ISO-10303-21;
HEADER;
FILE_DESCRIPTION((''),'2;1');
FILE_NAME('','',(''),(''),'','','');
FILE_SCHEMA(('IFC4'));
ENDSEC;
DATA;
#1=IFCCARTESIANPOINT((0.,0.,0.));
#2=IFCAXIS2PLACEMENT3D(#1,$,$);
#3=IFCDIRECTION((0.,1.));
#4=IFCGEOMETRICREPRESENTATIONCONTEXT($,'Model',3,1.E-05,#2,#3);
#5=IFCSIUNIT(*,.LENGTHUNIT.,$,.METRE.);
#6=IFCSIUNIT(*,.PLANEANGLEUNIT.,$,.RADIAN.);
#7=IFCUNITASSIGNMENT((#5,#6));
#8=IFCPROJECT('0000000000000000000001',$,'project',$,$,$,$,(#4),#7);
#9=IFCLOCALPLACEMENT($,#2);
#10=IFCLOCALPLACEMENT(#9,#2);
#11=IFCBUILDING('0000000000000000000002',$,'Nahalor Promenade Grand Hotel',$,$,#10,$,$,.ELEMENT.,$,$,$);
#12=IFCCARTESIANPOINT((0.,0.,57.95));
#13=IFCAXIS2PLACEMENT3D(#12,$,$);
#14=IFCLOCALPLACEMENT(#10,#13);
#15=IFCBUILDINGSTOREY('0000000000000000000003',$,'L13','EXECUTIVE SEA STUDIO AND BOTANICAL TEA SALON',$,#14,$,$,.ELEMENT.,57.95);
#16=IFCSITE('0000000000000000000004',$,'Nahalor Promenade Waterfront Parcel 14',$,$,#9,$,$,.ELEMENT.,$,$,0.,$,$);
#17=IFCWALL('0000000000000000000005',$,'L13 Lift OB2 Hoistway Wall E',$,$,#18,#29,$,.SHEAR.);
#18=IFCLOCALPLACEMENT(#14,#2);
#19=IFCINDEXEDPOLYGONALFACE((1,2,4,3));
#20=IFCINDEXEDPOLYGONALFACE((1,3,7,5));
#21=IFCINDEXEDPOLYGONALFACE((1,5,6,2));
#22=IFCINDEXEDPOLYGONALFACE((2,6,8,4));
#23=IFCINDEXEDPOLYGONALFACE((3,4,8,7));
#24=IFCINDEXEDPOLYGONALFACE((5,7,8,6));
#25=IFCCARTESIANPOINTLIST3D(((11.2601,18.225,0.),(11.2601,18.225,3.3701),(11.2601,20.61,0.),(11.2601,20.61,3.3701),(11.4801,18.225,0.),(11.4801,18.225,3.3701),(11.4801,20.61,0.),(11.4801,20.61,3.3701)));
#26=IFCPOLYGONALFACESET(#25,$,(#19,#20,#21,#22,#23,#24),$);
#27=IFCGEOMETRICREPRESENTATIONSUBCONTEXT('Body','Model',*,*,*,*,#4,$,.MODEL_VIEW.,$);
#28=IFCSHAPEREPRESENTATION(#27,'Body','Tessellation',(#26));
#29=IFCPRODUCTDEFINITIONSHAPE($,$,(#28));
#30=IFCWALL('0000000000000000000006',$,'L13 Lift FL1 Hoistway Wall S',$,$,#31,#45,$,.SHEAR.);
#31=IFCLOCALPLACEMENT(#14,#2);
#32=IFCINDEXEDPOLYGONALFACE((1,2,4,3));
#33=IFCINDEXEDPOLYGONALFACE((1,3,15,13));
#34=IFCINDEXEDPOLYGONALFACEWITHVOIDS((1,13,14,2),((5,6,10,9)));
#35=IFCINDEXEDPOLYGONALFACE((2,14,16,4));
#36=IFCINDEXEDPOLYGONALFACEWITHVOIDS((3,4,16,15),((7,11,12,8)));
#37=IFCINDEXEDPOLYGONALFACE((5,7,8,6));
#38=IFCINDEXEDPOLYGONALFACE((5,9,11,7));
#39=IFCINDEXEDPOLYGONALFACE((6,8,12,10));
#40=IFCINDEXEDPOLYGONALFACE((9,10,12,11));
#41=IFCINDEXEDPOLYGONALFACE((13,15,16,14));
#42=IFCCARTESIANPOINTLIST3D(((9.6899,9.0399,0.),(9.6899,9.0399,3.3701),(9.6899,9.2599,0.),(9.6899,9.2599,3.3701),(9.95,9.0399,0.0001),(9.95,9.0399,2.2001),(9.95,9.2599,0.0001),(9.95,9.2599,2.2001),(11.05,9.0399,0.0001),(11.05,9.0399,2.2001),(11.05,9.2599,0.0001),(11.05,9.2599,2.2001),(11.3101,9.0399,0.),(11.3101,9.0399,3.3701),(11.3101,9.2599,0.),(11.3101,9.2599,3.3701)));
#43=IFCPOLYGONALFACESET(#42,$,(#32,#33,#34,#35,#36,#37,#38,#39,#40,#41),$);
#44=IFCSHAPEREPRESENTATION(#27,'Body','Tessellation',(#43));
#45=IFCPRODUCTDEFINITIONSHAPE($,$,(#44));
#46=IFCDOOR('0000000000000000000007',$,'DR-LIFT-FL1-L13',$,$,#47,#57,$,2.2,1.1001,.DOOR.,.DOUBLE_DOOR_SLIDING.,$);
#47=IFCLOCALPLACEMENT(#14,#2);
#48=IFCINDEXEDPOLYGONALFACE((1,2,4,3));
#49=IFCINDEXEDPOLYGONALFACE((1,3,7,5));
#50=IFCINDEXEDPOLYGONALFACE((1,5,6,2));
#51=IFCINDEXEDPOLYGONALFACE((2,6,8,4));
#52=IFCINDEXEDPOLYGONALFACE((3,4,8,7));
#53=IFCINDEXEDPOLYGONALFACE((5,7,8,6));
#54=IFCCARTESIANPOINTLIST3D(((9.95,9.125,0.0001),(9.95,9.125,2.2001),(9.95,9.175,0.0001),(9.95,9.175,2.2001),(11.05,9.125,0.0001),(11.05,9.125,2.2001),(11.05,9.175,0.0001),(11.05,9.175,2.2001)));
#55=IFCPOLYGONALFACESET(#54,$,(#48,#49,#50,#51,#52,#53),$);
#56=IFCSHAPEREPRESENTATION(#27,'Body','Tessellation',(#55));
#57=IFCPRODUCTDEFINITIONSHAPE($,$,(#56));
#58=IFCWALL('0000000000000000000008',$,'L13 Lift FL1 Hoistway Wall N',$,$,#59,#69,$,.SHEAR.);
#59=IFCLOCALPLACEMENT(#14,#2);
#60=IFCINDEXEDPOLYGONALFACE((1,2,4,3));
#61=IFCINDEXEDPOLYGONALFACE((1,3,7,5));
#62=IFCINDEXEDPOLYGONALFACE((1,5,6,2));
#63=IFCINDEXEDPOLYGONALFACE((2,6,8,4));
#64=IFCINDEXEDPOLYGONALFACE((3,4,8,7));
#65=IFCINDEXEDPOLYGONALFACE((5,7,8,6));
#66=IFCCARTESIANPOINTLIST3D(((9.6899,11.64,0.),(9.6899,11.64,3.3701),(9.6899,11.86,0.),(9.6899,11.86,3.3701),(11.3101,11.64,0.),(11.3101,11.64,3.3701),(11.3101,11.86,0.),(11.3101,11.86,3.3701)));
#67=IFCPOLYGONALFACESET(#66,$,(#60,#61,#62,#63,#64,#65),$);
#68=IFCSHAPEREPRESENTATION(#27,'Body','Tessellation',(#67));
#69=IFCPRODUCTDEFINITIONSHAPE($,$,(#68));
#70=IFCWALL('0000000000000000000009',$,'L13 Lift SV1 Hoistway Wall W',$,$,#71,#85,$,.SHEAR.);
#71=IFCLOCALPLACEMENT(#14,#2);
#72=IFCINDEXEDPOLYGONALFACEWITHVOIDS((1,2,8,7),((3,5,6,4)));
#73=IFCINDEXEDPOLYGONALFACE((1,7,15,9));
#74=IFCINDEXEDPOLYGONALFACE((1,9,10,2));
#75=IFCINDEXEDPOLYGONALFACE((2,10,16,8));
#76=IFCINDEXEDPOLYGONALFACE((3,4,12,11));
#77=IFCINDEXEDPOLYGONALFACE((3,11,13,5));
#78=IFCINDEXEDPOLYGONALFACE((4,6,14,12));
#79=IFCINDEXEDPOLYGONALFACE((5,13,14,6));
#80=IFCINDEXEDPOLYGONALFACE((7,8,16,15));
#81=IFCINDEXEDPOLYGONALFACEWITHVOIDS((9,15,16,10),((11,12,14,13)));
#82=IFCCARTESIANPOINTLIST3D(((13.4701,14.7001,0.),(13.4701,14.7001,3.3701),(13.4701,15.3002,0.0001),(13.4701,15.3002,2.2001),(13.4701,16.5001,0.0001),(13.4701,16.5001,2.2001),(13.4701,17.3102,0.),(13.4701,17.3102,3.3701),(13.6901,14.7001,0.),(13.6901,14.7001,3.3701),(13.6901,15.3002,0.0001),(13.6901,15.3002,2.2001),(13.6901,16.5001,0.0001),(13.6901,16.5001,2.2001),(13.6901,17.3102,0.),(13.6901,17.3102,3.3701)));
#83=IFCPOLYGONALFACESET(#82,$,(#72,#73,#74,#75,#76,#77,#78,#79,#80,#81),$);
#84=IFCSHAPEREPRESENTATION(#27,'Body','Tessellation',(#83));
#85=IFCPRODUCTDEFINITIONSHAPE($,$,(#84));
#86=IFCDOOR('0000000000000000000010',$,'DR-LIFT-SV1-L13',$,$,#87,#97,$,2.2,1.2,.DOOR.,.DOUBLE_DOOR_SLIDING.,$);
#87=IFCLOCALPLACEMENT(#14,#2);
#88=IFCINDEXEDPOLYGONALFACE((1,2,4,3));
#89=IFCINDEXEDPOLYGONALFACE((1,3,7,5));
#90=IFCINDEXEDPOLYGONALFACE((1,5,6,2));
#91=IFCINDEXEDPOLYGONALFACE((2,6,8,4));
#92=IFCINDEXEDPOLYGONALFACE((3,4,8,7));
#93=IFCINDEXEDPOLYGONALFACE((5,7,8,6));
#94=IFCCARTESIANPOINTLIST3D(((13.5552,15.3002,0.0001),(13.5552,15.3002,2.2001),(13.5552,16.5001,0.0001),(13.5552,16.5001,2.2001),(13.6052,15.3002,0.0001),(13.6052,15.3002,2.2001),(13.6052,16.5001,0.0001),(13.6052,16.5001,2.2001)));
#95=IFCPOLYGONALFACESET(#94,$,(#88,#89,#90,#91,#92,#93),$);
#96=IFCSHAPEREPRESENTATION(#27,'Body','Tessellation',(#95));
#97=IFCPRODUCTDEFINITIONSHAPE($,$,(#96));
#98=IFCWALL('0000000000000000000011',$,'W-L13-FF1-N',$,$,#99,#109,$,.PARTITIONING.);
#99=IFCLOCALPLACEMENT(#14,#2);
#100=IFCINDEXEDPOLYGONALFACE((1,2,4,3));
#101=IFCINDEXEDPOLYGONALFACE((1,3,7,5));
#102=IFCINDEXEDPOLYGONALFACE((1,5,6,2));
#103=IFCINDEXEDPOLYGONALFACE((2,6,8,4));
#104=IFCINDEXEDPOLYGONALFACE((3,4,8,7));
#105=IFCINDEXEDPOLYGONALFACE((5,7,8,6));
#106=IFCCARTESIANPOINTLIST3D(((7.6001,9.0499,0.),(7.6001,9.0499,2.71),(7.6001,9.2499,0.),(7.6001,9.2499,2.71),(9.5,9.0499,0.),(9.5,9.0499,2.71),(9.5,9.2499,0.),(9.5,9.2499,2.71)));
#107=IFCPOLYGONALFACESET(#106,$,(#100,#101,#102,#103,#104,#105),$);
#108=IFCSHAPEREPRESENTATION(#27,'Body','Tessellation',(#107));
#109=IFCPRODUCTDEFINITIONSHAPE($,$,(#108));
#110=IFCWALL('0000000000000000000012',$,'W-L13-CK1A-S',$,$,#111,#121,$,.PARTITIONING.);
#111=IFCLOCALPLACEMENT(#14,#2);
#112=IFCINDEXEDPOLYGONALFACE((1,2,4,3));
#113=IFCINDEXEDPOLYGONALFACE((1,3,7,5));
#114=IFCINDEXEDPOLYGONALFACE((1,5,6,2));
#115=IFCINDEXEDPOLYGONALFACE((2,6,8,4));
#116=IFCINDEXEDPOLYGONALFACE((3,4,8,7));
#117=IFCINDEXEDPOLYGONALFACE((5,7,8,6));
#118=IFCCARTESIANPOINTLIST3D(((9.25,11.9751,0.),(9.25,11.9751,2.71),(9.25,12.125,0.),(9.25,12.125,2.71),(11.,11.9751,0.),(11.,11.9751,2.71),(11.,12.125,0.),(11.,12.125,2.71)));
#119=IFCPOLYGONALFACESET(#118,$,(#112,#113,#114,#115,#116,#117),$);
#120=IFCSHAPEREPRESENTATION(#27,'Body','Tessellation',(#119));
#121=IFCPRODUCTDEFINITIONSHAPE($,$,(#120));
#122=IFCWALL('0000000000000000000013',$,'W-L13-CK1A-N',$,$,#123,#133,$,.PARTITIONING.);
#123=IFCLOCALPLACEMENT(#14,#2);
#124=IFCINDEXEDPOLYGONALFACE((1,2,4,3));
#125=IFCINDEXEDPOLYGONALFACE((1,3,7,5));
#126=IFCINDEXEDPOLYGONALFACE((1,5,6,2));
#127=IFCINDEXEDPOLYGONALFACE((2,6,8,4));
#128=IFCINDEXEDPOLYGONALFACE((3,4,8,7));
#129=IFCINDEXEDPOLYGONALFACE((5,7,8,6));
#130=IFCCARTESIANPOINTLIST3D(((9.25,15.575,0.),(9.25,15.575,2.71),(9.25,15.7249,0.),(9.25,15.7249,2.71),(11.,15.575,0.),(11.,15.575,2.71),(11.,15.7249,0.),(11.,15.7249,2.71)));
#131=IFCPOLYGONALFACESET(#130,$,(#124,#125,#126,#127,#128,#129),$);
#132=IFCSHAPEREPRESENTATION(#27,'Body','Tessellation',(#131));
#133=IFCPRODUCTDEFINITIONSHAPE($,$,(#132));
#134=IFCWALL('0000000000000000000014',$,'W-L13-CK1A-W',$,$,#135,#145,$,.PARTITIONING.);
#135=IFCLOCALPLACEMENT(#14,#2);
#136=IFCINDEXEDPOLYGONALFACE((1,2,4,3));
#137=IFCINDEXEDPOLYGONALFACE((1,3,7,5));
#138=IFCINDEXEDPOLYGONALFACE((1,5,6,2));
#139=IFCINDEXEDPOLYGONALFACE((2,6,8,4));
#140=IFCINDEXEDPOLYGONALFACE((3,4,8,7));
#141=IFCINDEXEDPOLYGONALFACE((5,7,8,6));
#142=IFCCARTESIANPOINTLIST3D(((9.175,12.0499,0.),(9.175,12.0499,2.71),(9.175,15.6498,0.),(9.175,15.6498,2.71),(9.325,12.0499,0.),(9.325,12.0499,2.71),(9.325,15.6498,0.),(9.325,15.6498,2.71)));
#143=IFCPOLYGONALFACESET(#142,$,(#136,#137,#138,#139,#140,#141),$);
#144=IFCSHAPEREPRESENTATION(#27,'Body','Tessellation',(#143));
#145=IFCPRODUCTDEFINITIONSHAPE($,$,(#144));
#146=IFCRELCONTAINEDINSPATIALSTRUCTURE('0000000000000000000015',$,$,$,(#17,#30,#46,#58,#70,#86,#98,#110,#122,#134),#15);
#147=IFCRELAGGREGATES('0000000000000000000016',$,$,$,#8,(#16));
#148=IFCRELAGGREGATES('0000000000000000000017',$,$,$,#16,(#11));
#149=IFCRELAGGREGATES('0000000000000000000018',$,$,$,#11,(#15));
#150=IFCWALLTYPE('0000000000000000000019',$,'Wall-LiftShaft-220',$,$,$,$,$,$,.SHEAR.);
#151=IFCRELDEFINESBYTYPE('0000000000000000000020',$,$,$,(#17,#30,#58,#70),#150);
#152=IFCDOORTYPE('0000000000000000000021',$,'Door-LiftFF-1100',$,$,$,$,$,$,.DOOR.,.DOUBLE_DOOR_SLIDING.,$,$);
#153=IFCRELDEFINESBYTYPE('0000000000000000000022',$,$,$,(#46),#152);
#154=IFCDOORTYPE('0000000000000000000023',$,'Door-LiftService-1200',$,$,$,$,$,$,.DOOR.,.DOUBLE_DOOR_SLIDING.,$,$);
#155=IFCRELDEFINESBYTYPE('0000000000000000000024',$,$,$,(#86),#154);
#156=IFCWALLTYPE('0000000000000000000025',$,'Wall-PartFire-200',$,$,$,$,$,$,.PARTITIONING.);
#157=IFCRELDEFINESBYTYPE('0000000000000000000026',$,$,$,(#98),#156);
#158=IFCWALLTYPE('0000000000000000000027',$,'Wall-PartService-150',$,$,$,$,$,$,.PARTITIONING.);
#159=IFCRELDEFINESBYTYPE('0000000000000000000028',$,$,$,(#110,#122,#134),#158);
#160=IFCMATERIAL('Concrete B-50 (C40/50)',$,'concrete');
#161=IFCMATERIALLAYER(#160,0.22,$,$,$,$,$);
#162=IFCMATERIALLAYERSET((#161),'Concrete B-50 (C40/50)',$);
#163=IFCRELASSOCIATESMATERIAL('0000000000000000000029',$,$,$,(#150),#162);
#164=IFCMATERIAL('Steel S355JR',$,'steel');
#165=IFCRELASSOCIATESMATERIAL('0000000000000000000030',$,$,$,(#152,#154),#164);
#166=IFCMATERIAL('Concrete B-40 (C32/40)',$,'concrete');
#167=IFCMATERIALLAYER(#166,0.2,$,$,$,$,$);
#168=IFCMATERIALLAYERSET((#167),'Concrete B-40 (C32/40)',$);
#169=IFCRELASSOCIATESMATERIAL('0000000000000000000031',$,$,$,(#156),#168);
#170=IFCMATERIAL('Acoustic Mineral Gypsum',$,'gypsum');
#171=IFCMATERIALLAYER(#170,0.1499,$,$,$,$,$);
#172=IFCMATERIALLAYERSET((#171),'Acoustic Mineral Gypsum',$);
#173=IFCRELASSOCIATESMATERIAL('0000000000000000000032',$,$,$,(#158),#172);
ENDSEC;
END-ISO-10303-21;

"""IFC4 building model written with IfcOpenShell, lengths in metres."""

from ifc_helpers import new_model, si_unit, direction, frame, frame_2d, origin, place, context, subcontext, project, spatial, rectangle, extrude, source, transform, mapped, material, layer, layer_set, type_object, element, fill, save


model = new_model("IFC4")

# Units and contexts
model_context = context("Model", 3, precision=1e-05, world=origin(), true_north=direction((0.0, 1.0)))
body_context = subcontext(model_context, "Body", "Model", "MODEL_VIEW")
ifc_project = project(units=[si_unit("LENGTHUNIT", "METRE"), si_unit("PLANEANGLEUNIT", "RADIAN")], contexts=[model_context])

# Site, building, storey
site_placement = place(None, origin())
site = spatial("IfcSite", under=ifc_project, at=site_placement, Name="Nahalor Promenade Waterfront Parcel 14", CompositionType="ELEMENT", RefElevation=0.0)
building_placement = place(site_placement, origin())
building = spatial("IfcBuilding", under=site, at=building_placement, Name="Nahalor Promenade Grand Hotel", CompositionType="ELEMENT")
storey_placement = place(building_placement, frame((0.0, 0.0, 57.95)))
storey = spatial("IfcBuildingStorey", under=building, at=storey_placement, Name="L13", Description="EXECUTIVE SEA STUDIO AND BOTANICAL TEA SALON", CompositionType="ELEMENT", Elevation=57.95)

# Shared definitions
ifc_material_1 = material(Name="Steel S355JR", Category="steel")

# Shared definitions
ifc_material_2 = material(Name="Concrete B-50 (C40/50)", Category="concrete")
ifc_layer_1 = layer(ifc_material_2, 0.22)
ifc_layer_set_1 = layer_set([ifc_layer_1], Name="Concrete B-50 (C40/50)")
wall_type_1 = type_object("IfcWallType", Name="Wall-LiftShaft-220", PredefinedType="SHEAR", material=ifc_layer_set_1)

# Wall
shared_shape_1 = source(origin(), body_context, "Body", "SweptSolid", [
    extrude(rectangle(XDim=2.385, YDim=0.22, at=frame_2d((1.1924, 0.0))), origin(), (0.0, 0.0, 1.0), 3.3701),
])
for number, where, z_axis, x_axis, name in (
    (1, (11.3701, 18.2251, 0.0), (0.0, 0.0, 1.0), (0.0, 1.0, 0.0), "L13 Lift OB2 Hoistway Wall E"),
):
    element("IfcWall", number, at=place(storey_placement, frame(where, z_axis=z_axis, x_axis=x_axis)), inside=storey, type_object=wall_type_1, Name=name, PredefinedType="SHEAR", context=body_context, shape_type="MappedRepresentation", body=[
        mapped(shared_shape_1, transform((0.0, 0.0, 0.0), scale=1.0)),
    ])

# Wall, opening, door
shared_shape_2 = source(origin(), body_context, "Body", "SweptSolid", [
    extrude(rectangle(XDim=1.6201, YDim=0.22, at=frame_2d((0.8101, 0.0))), origin(), (0.0, 0.0, 1.0), 3.3701),
])
wall_1_placement = place(storey_placement, frame((9.6899, 9.1499, 0.0), z_axis=(0.0, 0.0, 1.0), x_axis=(1.0, 0.0, 0.0)))
wall_1 = element("IfcWall", 2, at=wall_1_placement, inside=storey, type_object=wall_type_1, Name="L13 Lift FL1 Hoistway Wall S", PredefinedType="SHEAR", context=body_context, shape_type="MappedRepresentation", body=[
    mapped(shared_shape_2, transform((0.0, 0.0, 0.0), scale=1.0)),
])
opening_1_placement = place(wall_1_placement, frame((0.26, 0.0, 0.0)))
opening_1 = element("IfcOpeningElement", 3, at=opening_1_placement, cuts=wall_1, PredefinedType="OPENING", context=body_context, shape_type="SweptSolid", body=[
    extrude(rectangle(XDim=1.1001, YDim=2.2, at=frame_2d((0.55, 1.1001))), frame((0.0, 0.1199, 0.0), z_axis=(0.0, -1.0, 0.0), x_axis=(1.0, 0.0, 0.0)), (0.0, 0.0, 1.0), 0.24),
])
door_type_1 = type_object("IfcDoorType", Name="Door-LiftFF-1100", OperationType="DOUBLE_DOOR_SLIDING", PredefinedType="DOOR", material=ifc_material_1)
shared_shape_3 = source(origin(), body_context, "Body", "SweptSolid", [
    extrude(rectangle(XDim=1.1001, YDim=2.2, at=frame_2d((0.55, 1.1001))), frame((0.0, 0.0249, 0.0), z_axis=(0.0, -1.0, 0.0), x_axis=(1.0, 0.0, 0.0)), (0.0, 0.0, 1.0), 0.05),
])
door_1_placement = place(opening_1_placement, frame((1.1001, 0.0, 0.0), z_axis=(0.0, 0.0, 1.0), x_axis=(-1.0, 0.0, 0.0)))
door_1 = element("IfcDoor", 4, at=door_1_placement, inside=storey, type_object=door_type_1, Name="DR-LIFT-FL1-L13", OperationType="DOUBLE_DOOR_SLIDING", OverallHeight=2.2, OverallWidth=1.1001, PredefinedType="DOOR", context=body_context, shape_type="MappedRepresentation", body=[
    mapped(shared_shape_3, transform((0.0, 0.0, 0.0), scale=1.0)),
])
fill(opening_1, door_1)

# Wall
wall_2_placement = place(storey_placement, frame((9.6899, 11.75, 0.0), z_axis=(0.0, 0.0, 1.0), x_axis=(1.0, 0.0, 0.0)))
element("IfcWall", 5, at=wall_2_placement, inside=storey, type_object=wall_type_1, Name="L13 Lift FL1 Hoistway Wall N", PredefinedType="SHEAR", context=body_context, shape_type="MappedRepresentation", body=[
    mapped(shared_shape_2, transform((0.0, 0.0, 0.0), scale=1.0)),
])

# Wall, opening, door
shared_shape_4 = source(origin(), body_context, "Body", "SweptSolid", [
    extrude(rectangle(XDim=2.6101, YDim=0.22, at=frame_2d((1.3052, 0.0))), origin(), (0.0, 0.0, 1.0), 3.3701),
])
wall_3_placement = place(storey_placement, frame((13.5801, 14.7, 0.0), z_axis=(0.0, 0.0, 1.0), x_axis=(0.0, 1.0, 0.0)))
wall_3 = element("IfcWall", 6, at=wall_3_placement, inside=storey, type_object=wall_type_1, Name="L13 Lift SV1 Hoistway Wall W", PredefinedType="SHEAR", context=body_context, shape_type="MappedRepresentation", body=[
    mapped(shared_shape_4, transform((0.0, 0.0, 0.0), scale=1.0)),
])
opening_2_placement = place(wall_3_placement, frame((0.6001, 0.0, 0.0)))
opening_2 = element("IfcOpeningElement", 7, at=opening_2_placement, cuts=wall_3, PredefinedType="OPENING", context=body_context, shape_type="SweptSolid", body=[
    extrude(rectangle(XDim=1.2, YDim=2.2, at=frame_2d((0.6001, 1.1001))), frame((0.0, 0.1199, 0.0), z_axis=(0.0, -1.0, 0.0), x_axis=(1.0, 0.0, 0.0)), (0.0, 0.0, 1.0), 0.24),
])
door_type_2 = type_object("IfcDoorType", Name="Door-LiftService-1200", OperationType="DOUBLE_DOOR_SLIDING", PredefinedType="DOOR", material=ifc_material_1)
shared_shape_5 = source(origin(), body_context, "Body", "SweptSolid", [
    extrude(rectangle(XDim=1.2, YDim=2.2, at=frame_2d((0.6001, 1.1001))), frame((0.0, 0.0249, 0.0), z_axis=(0.0, -1.0, 0.0), x_axis=(1.0, 0.0, 0.0)), (0.0, 0.0, 1.0), 0.05),
])
door_2_placement = place(opening_2_placement, origin())
door_2 = element("IfcDoor", 8, at=door_2_placement, inside=storey, type_object=door_type_2, Name="DR-LIFT-SV1-L13", OperationType="DOUBLE_DOOR_SLIDING", OverallHeight=2.2, OverallWidth=1.2, PredefinedType="DOOR", context=body_context, shape_type="MappedRepresentation", body=[
    mapped(shared_shape_5, transform((0.0, 0.0, 0.0), scale=1.0)),
])
fill(opening_2, door_2)

# Walls
ifc_material_3 = material(Name="Concrete B-40 (C32/40)", Category="concrete")
ifc_layer_2 = layer(ifc_material_3, 0.2)
ifc_layer_set_2 = layer_set([ifc_layer_2], Name="Concrete B-40 (C32/40)")
wall_type_2 = type_object("IfcWallType", Name="Wall-PartFire-200", PredefinedType="PARTITIONING", material=ifc_layer_set_2)
shared_shape_6 = source(origin(), body_context, "Body", "SweptSolid", [
    extrude(rectangle(XDim=1.8999, YDim=0.2, at=frame_2d((0.95, 0.0))), origin(), (0.0, 0.0, 1.0), 2.71),
])
wall_4_placement = place(storey_placement, frame((7.6001, 9.1499, 0.0), z_axis=(0.0, 0.0, 1.0), x_axis=(1.0, 0.0, 0.0)))
element("IfcWall", 9, at=wall_4_placement, inside=storey, type_object=wall_type_2, Name="W-L13-FF1-N", PredefinedType="PARTITIONING", context=body_context, shape_type="MappedRepresentation", body=[
    mapped(shared_shape_6, transform((0.0, 0.0, 0.0), scale=1.0)),
])
ifc_material_4 = material(Name="Acoustic Mineral Gypsum", Category="gypsum")
ifc_layer_3 = layer(ifc_material_4, 0.1499)
ifc_layer_set_3 = layer_set([ifc_layer_3], Name="Acoustic Mineral Gypsum")
wall_type_3 = type_object("IfcWallType", Name="Wall-PartService-150", PredefinedType="PARTITIONING", material=ifc_layer_set_3)
shared_shape_7 = source(origin(), body_context, "Body", "SweptSolid", [
    extrude(rectangle(XDim=1.75, YDim=0.1499, at=frame_2d((0.875, 0.0))), origin(), (0.0, 0.0, 1.0), 2.71),
])
for number, where, z_axis, x_axis, name in (
    (10, (9.25, 12.05, 0.0), (0.0, 0.0, 1.0), (1.0, 0.0, 0.0), "W-L13-CK1A-S"),
    (11, (9.25, 15.6499, 0.0), (0.0, 0.0, 1.0), (1.0, 0.0, 0.0), "W-L13-CK1A-N"),
):
    element("IfcWall", number, at=place(storey_placement, frame(where, z_axis=z_axis, x_axis=x_axis)), inside=storey, type_object=wall_type_3, Name=name, PredefinedType="PARTITIONING", context=body_context, shape_type="MappedRepresentation", body=[
        mapped(shared_shape_7, transform((0.0, 0.0, 0.0), scale=1.0)),
    ])
shared_shape_8 = source(origin(), body_context, "Body", "SweptSolid", [
    extrude(rectangle(XDim=3.5999, YDim=0.1499, at=frame_2d((1.7998, 0.0))), origin(), (0.0, 0.0, 1.0), 2.71),
])
wall_5_placement = place(storey_placement, frame((9.25, 12.05, 0.0), z_axis=(0.0, 0.0, 1.0), x_axis=(0.0, 1.0, 0.0)))
element("IfcWall", 12, at=wall_5_placement, inside=storey, type_object=wall_type_3, Name="W-L13-CK1A-W", PredefinedType="PARTITIONING", context=body_context, shape_type="MappedRepresentation", body=[
    mapped(shared_shape_8, transform((0.0, 0.0, 0.0), scale=1.0)),
])

save(model, "model.ifc")
